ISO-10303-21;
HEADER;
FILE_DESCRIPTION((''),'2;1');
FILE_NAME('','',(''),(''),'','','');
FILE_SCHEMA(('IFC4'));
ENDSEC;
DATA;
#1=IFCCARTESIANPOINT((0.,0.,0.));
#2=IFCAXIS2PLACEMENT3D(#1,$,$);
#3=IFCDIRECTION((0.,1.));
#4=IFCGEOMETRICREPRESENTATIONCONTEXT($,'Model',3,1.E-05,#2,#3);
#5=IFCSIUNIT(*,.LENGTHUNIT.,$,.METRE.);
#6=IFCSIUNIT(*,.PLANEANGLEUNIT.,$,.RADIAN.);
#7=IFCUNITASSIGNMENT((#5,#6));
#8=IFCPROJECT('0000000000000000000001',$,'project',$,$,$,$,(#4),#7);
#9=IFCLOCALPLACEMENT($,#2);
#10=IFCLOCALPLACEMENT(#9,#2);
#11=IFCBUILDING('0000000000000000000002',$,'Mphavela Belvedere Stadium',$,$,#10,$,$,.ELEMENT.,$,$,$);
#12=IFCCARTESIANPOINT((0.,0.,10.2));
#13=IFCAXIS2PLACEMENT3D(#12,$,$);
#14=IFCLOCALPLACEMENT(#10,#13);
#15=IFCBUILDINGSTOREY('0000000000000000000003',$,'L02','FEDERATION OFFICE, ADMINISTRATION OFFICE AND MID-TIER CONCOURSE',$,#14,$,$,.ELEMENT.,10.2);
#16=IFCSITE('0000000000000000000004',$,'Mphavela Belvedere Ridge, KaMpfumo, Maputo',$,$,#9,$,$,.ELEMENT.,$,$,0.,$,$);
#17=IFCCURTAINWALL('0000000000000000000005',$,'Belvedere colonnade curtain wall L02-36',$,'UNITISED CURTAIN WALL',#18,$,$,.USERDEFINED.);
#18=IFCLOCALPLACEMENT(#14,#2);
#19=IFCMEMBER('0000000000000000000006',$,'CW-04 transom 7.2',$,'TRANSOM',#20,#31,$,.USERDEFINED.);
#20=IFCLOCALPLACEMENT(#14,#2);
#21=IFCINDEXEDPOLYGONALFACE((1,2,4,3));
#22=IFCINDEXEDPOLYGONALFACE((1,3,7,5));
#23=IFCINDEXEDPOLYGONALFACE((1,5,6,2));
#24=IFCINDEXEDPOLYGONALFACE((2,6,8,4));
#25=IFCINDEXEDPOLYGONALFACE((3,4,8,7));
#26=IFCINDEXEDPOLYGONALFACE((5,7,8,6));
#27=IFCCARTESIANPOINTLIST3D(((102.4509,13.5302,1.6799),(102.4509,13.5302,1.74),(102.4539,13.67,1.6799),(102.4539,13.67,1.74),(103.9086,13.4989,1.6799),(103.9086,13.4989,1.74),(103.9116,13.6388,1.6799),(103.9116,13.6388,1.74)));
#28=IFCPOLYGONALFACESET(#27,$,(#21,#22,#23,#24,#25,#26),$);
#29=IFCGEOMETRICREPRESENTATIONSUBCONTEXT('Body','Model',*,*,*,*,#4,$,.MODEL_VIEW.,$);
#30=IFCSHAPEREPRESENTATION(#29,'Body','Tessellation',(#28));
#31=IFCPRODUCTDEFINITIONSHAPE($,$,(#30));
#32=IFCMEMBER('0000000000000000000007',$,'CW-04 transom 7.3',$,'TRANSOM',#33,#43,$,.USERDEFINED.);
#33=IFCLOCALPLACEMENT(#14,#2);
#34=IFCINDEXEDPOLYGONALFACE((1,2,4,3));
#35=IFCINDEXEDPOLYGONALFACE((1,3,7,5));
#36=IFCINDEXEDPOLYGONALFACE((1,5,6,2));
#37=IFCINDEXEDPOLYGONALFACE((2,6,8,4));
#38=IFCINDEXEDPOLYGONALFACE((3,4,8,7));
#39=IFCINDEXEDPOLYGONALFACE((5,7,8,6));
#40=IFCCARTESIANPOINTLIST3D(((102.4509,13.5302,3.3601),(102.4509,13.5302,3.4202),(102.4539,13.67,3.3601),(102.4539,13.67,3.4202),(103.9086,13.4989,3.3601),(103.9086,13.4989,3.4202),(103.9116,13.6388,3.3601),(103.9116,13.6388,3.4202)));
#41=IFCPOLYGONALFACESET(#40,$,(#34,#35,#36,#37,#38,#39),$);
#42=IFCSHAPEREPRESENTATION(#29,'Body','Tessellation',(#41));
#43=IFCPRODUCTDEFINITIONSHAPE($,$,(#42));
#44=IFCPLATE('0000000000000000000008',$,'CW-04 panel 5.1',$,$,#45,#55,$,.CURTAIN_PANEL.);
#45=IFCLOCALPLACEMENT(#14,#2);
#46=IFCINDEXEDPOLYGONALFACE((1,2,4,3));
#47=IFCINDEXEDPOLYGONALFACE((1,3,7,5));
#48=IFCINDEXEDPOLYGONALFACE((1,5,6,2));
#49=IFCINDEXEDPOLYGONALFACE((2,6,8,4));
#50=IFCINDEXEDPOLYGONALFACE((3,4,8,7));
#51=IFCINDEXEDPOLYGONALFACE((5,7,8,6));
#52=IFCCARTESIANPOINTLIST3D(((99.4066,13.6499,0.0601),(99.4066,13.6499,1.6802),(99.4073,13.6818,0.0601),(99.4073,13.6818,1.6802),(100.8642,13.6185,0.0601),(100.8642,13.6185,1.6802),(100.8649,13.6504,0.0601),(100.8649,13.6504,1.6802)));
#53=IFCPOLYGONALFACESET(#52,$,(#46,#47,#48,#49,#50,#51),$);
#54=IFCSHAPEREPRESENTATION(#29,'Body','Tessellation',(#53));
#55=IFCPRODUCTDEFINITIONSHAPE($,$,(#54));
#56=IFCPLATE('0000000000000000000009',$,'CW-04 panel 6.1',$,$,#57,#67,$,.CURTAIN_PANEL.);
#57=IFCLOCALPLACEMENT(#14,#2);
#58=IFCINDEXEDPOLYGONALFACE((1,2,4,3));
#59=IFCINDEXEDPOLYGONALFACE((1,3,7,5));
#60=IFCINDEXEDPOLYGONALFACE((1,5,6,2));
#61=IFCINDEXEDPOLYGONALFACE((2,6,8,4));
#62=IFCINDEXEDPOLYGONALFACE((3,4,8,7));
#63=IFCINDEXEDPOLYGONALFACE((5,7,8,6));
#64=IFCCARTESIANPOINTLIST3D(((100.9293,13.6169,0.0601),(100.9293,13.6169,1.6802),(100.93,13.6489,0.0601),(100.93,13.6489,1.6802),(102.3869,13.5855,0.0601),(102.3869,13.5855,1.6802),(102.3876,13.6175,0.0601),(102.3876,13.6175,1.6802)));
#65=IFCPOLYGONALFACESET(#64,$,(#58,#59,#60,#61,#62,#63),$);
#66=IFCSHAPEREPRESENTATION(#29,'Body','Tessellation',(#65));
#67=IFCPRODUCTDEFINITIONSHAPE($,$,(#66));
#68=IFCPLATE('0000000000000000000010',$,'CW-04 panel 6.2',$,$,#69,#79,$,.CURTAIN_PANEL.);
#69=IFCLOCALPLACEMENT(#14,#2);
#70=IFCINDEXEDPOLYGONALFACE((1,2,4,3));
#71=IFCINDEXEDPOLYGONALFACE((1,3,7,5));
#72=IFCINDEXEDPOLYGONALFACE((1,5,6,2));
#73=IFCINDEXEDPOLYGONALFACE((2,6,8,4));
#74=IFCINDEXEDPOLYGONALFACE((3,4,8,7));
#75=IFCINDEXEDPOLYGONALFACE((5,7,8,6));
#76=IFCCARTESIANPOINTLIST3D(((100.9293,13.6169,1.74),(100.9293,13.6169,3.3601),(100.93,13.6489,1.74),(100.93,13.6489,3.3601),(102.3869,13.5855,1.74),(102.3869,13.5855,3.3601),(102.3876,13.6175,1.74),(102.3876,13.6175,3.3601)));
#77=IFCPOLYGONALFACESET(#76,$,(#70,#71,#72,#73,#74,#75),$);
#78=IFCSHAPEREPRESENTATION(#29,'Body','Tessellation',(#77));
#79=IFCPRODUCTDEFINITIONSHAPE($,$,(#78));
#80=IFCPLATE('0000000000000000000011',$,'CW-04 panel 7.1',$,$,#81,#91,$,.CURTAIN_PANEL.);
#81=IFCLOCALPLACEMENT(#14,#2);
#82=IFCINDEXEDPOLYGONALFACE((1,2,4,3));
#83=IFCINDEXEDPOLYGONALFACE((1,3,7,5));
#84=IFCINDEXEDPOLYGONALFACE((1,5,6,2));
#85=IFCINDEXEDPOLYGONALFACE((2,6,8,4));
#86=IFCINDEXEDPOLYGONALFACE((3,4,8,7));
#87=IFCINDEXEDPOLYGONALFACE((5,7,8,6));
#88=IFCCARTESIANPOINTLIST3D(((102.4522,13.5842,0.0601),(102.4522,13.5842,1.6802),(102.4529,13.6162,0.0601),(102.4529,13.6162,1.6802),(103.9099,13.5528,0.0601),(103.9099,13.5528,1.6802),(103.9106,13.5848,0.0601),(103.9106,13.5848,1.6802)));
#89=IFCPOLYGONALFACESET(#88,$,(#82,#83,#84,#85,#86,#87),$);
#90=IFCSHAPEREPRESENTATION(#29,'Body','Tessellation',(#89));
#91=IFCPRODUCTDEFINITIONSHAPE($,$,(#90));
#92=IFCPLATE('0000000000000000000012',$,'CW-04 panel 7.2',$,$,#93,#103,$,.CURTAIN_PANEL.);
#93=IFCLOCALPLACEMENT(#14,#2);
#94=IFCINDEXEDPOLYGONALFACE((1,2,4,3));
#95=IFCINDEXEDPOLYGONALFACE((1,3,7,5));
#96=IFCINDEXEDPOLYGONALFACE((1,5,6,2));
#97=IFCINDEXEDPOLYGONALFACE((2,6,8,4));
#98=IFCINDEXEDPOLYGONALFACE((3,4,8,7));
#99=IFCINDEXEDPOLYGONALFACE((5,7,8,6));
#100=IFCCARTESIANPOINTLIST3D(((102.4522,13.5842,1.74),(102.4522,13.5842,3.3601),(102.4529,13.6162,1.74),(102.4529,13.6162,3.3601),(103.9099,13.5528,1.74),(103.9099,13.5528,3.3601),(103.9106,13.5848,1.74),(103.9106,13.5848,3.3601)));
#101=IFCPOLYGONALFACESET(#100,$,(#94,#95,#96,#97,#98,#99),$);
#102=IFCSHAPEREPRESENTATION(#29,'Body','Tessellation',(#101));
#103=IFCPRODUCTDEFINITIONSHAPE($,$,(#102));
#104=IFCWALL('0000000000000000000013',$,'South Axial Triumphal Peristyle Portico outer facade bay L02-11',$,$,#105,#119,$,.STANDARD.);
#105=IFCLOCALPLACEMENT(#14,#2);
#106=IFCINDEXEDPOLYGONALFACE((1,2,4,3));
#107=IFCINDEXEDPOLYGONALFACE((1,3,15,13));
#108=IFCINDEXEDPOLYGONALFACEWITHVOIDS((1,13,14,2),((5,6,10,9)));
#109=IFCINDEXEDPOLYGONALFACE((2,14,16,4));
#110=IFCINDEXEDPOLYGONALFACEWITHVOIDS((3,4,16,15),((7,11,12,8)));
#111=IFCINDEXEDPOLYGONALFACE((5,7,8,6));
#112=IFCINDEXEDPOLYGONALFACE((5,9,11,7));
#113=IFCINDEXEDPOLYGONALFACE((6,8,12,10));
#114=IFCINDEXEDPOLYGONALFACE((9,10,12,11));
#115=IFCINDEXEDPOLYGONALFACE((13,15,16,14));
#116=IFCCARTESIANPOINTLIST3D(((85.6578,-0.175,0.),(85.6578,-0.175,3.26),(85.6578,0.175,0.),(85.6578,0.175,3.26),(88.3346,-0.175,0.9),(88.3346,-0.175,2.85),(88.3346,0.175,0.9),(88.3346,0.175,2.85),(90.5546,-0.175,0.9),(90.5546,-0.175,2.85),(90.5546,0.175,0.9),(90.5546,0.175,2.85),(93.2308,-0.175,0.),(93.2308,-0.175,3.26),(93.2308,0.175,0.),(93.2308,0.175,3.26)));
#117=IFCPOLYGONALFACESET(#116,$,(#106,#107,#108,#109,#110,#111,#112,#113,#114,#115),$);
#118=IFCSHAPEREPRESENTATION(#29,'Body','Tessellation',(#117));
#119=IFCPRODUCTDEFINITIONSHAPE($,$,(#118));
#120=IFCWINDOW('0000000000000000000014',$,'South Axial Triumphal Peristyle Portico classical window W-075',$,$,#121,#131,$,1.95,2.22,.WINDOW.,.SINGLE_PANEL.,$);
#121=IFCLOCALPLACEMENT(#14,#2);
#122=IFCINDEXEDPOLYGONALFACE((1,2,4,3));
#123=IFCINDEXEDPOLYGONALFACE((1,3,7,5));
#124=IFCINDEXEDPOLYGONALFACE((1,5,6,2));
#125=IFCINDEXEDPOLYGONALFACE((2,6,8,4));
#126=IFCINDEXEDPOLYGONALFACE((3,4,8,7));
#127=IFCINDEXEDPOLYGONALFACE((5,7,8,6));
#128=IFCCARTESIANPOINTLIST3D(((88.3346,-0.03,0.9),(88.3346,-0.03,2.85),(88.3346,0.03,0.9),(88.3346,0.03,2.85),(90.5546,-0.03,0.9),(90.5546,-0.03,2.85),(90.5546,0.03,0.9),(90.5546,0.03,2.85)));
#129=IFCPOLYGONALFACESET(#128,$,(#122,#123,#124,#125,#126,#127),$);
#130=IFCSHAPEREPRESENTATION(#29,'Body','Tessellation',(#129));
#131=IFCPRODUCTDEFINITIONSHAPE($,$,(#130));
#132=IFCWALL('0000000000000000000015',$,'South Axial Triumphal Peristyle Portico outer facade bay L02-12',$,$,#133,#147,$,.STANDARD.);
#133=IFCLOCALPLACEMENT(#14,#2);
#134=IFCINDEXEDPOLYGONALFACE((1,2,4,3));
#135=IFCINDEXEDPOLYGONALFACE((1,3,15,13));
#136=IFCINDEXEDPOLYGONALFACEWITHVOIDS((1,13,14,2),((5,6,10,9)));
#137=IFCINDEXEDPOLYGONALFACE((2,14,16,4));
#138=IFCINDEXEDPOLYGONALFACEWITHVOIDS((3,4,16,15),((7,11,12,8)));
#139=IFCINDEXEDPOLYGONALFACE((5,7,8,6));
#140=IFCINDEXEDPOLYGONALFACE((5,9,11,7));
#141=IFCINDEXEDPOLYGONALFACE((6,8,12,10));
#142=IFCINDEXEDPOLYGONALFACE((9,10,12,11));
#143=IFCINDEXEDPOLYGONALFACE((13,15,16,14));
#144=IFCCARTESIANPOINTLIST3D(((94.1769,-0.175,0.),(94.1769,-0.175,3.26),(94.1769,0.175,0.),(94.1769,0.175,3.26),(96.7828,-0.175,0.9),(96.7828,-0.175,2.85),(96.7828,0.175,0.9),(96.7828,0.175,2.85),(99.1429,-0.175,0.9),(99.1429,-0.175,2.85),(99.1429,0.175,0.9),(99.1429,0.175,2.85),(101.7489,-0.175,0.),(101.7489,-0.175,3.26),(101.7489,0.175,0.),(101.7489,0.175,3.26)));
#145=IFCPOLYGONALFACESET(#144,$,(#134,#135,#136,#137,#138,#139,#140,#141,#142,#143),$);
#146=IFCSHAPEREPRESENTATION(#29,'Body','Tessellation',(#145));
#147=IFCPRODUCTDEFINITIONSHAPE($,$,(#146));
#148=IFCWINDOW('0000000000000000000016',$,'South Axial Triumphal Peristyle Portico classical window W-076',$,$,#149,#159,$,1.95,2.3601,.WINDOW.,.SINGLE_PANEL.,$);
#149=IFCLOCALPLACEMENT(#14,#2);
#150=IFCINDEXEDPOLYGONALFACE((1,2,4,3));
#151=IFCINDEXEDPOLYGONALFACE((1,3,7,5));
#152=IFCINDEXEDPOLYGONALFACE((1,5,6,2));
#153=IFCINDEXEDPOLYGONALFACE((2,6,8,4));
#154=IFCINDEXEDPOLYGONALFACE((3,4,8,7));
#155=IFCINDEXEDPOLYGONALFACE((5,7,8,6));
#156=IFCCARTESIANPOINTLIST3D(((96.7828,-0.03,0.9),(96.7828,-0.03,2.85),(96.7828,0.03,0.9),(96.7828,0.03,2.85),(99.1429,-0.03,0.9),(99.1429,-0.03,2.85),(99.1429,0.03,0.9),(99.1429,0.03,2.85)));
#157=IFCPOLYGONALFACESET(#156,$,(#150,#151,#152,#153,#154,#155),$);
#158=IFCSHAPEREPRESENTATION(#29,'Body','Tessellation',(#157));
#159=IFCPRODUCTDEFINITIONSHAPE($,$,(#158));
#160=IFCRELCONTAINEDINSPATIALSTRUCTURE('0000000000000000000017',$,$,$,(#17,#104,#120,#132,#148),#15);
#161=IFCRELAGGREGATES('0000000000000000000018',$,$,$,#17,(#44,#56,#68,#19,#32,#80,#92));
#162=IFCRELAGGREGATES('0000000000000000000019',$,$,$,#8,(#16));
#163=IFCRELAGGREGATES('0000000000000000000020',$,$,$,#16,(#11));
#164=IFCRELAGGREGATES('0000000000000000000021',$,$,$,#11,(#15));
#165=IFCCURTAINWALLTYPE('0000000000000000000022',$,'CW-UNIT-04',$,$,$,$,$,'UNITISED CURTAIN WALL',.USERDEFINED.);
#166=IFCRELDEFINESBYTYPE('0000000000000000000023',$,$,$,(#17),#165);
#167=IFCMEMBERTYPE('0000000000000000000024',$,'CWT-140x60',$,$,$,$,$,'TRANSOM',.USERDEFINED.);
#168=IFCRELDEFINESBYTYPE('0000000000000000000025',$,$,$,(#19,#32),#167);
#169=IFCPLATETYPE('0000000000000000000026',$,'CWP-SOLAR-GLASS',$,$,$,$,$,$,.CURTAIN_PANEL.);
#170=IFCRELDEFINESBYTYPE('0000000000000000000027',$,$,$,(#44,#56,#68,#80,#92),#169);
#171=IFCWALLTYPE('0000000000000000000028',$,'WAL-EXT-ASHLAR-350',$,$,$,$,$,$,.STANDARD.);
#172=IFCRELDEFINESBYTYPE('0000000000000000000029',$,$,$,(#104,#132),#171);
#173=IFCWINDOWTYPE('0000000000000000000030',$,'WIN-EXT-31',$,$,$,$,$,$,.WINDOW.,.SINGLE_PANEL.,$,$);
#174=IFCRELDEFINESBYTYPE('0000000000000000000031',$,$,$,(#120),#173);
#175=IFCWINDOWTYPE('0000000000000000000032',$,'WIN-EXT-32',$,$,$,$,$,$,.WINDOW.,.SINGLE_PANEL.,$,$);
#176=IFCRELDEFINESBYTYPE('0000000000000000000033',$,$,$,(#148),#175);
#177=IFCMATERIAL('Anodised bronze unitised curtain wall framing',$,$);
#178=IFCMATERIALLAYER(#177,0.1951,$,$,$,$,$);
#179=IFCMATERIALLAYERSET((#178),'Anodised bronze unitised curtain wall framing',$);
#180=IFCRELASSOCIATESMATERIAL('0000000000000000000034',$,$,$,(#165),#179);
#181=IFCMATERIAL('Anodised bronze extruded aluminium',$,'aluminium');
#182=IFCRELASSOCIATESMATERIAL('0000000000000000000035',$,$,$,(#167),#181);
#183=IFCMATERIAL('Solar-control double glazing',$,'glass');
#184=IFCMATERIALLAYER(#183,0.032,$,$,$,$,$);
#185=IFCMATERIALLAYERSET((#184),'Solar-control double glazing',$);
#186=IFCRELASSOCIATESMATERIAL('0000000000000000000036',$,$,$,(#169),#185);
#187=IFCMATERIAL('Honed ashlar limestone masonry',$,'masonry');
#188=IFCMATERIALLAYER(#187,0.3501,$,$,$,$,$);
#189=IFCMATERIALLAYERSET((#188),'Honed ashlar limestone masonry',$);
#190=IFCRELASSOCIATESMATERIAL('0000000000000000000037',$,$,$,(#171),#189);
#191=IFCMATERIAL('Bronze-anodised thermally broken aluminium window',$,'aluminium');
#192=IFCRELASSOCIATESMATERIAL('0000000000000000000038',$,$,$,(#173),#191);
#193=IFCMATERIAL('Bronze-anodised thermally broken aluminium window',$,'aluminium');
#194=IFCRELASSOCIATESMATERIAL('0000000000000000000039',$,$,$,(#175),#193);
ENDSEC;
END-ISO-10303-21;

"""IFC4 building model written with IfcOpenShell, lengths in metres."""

from ifc_helpers import new_model, si_unit, direction, frame, frame_2d, origin, origin_2d, place, context, subcontext, project, spatial, rectangle, extrude, material, layer, layer_set, material_profile, profile_set, type_object, element, fill, aggregate, save


model = new_model("IFC4")

# Units and contexts
model_context = context("Model", 3, precision=1e-05, world=origin(), true_north=direction((0.0, 1.0)))
body_context = subcontext(model_context, "Body", "Model", "MODEL_VIEW")
ifc_project = project(units=[si_unit("LENGTHUNIT", "METRE"), si_unit("PLANEANGLEUNIT", "RADIAN")], contexts=[model_context])

# Site, building, storey
site_placement = place(None, origin())
site = spatial("IfcSite", under=ifc_project, at=site_placement, Name="Mphavela Belvedere Ridge, KaMpfumo, Maputo", CompositionType="ELEMENT", RefElevation=0.0)
building_placement = place(site_placement, origin())
building = spatial("IfcBuilding", under=site, at=building_placement, Name="Mphavela Belvedere Stadium", CompositionType="ELEMENT")
storey_placement = place(building_placement, frame((0.0, 0.0, 10.2)))
storey = spatial("IfcBuildingStorey", under=building, at=storey_placement, Name="L02", Description="FEDERATION OFFICE, ADMINISTRATION OFFICE AND MID-TIER CONCOURSE", CompositionType="ELEMENT", Elevation=10.2)

# Curtain wall, members, plates
ifc_material_1 = material(Name="Anodised bronze unitised curtain wall framing")
ifc_layer_1 = layer(ifc_material_1, 0.1951)
ifc_layer_set_1 = layer_set([ifc_layer_1], Name="Anodised bronze unitised curtain wall framing")
curtain_wall_type = type_object("IfcCurtainWallType", Name="CW-UNIT-04", ElementType="UNITISED CURTAIN WALL", PredefinedType="USERDEFINED", material=ifc_layer_set_1)
curtain_wall_placement = place(storey_placement, origin())
curtain_wall = element("IfcCurtainWall", 1, at=curtain_wall_placement, inside=storey, type_object=curtain_wall_type, Name="Belvedere colonnade curtain wall L02-36", ObjectType="UNITISED CURTAIN WALL", PredefinedType="USERDEFINED")
ifc_material_2 = material(Name="Anodised bronze extruded aluminium", Category="aluminium")
ifc_material_profile_1 = material_profile(ifc_material_2, rectangle(XDim=0.1399, YDim=0.0601, at=origin_2d()), Name="CW-TRN 140x60")
ifc_profile_set_1 = profile_set([ifc_material_profile_1], Name="Anodised bronze extruded aluminium")
member_type_1 = type_object("IfcMemberType", Name="CWT-140x60", ElementType="TRANSOM", PredefinedType="USERDEFINED", material=ifc_profile_set_1)
member_1_placement = place(storey_placement, frame((102.4524, 13.6001, 1.71), z_axis=(0.99977, -0.021432, 0.0), x_axis=(0.021432, 0.99977, 0.0)))
member_1 = element("IfcMember", 2, at=member_1_placement, type_object=member_type_1, Name="CW-04 transom 7.2", ObjectType="TRANSOM", PredefinedType="USERDEFINED", context=body_context, shape_type="SweptSolid", body=[
    extrude(rectangle(XDim=0.1399, YDim=0.0601, at=origin_2d()), origin(), (0.0, 0.0, 1.0), 1.458),
])
member_2_placement = place(storey_placement, frame((102.4524, 13.6001, 3.3901), z_axis=(0.99977, -0.021432, 0.0), x_axis=(0.021432, 0.99977, 0.0)))
member_2 = element("IfcMember", 3, at=member_2_placement, type_object=member_type_1, Name="CW-04 transom 7.3", ObjectType="TRANSOM", PredefinedType="USERDEFINED", context=body_context, shape_type="SweptSolid", body=[
    extrude(rectangle(XDim=0.1399, YDim=0.0601, at=origin_2d()), origin(), (0.0, 0.0, 1.0), 1.458),
])
ifc_material_3 = material(Name="Solar-control double glazing", Category="glass")
ifc_layer_2 = layer(ifc_material_3, 0.032)
ifc_layer_set_2 = layer_set([ifc_layer_2], Name="Solar-control double glazing")
plate_type = type_object("IfcPlateType", Name="CWP-SOLAR-GLASS", PredefinedType="CURTAIN_PANEL", material=ifc_layer_set_2)
plate_1_placement = place(storey_placement, frame((100.1357, 13.6501, 0.0601), z_axis=(0.0, 0.0, 1.0), x_axis=(0.999768, -0.021525, 0.0)))
plate_1 = element("IfcPlate", 4, at=plate_1_placement, type_object=plate_type, Name="CW-04 panel 5.1", PredefinedType="CURTAIN_PANEL", context=body_context, shape_type="SweptSolid", body=[
    extrude(rectangle(XDim=1.458, YDim=0.032, at=origin_2d()), origin(), (0.0, 0.0, 1.0), 1.6201),
])
plate_2_placement = place(storey_placement, frame((101.6584, 13.6172, 0.0601), z_axis=(0.0, 0.0, 1.0), x_axis=(0.999768, -0.021525, 0.0)))
plate_2 = element("IfcPlate", 5, at=plate_2_placement, type_object=plate_type, Name="CW-04 panel 6.1", PredefinedType="CURTAIN_PANEL", context=body_context, shape_type="SweptSolid", body=[
    extrude(rectangle(XDim=1.458, YDim=0.032, at=origin_2d()), origin(), (0.0, 0.0, 1.0), 1.6201),
])
plate_3_placement = place(storey_placement, frame((101.6584, 13.6172, 1.74), z_axis=(0.0, 0.0, 1.0), x_axis=(0.999768, -0.021525, 0.0)))
plate_3 = element("IfcPlate", 6, at=plate_3_placement, type_object=plate_type, Name="CW-04 panel 6.2", PredefinedType="CURTAIN_PANEL", context=body_context, shape_type="SweptSolid", body=[
    extrude(rectangle(XDim=1.458, YDim=0.032, at=origin_2d()), origin(), (0.0, 0.0, 1.0), 1.6201),
])
plate_4_placement = place(storey_placement, frame((103.1814, 13.5845, 0.0601), z_axis=(0.0, 0.0, 1.0), x_axis=(0.999768, -0.021525, 0.0)))
plate_4 = element("IfcPlate", 7, at=plate_4_placement, type_object=plate_type, Name="CW-04 panel 7.1", PredefinedType="CURTAIN_PANEL", context=body_context, shape_type="SweptSolid", body=[
    extrude(rectangle(XDim=1.458, YDim=0.032, at=origin_2d()), origin(), (0.0, 0.0, 1.0), 1.6201),
])
plate_5_placement = place(storey_placement, frame((103.1814, 13.5845, 1.74), z_axis=(0.0, 0.0, 1.0), x_axis=(0.999768, -0.021525, 0.0)))
plate_5 = element("IfcPlate", 8, at=plate_5_placement, type_object=plate_type, Name="CW-04 panel 7.2", PredefinedType="CURTAIN_PANEL", context=body_context, shape_type="SweptSolid", body=[
    extrude(rectangle(XDim=1.458, YDim=0.032, at=origin_2d()), origin(), (0.0, 0.0, 1.0), 1.6201),
])
aggregate(curtain_wall, [plate_1, plate_2, plate_3, member_1, member_2, plate_4, plate_5])

# Walls, openings, windows
ifc_material_4 = material(Name="Honed ashlar limestone masonry", Category="masonry")
ifc_layer_3 = layer(ifc_material_4, 0.3501)
ifc_layer_set_3 = layer_set([ifc_layer_3], Name="Honed ashlar limestone masonry")
wall_type_1 = type_object("IfcWallType", Name="WAL-EXT-ASHLAR-350", PredefinedType="STANDARD", material=ifc_layer_set_3)
wall_1_placement = place(storey_placement, frame((93.231, 0.0, 0.0), z_axis=(0.0, 0.0, 1.0), x_axis=(-1.0, 0.0, 0.0)))
wall_1 = element("IfcWall", 9, at=wall_1_placement, inside=storey, type_object=wall_type_1, Name="South Axial Triumphal Peristyle Portico outer facade bay L02-11", PredefinedType="STANDARD", context=body_context, shape_type="SweptSolid", body=[
    extrude(rectangle(XDim=7.573, YDim=0.3501, at=frame_2d((3.7866, 0.0))), origin(), (0.0, 0.0, 1.0), 3.26),
])
opening_1_placement = place(wall_1_placement, frame((2.6765, 0.0, 0.8999)))
opening_1 = element("IfcOpeningElement", 10, at=opening_1_placement, cuts=wall_1, PredefinedType="OPENING", context=body_context, shape_type="SweptSolid", body=[
    extrude(rectangle(XDim=2.22, YDim=1.95, at=frame_2d((1.1099, 0.9751))), frame((0.0, 0.1851, 0.0), z_axis=(0.0, -1.0, 0.0), x_axis=(1.0, 0.0, 0.0)), (0.0, 0.0, 1.0), 0.3701),
])
ifc_material_5 = material(Name="Bronze-anodised thermally broken aluminium window", Category="aluminium")
window_type_1 = type_object("IfcWindowType", Name="WIN-EXT-31", PartitioningType="SINGLE_PANEL", PredefinedType="WINDOW", material=ifc_material_5)
window_1_placement = place(opening_1_placement, origin())
window_1 = element("IfcWindow", 11, at=window_1_placement, inside=storey, type_object=window_type_1, Name="South Axial Triumphal Peristyle Portico classical window W-075", OverallHeight=1.95, OverallWidth=2.22, PartitioningType="SINGLE_PANEL", PredefinedType="WINDOW", context=body_context, shape_type="SweptSolid", body=[
    extrude(rectangle(XDim=2.22, YDim=1.95, at=frame_2d((1.1099, 0.9751))), frame((0.0, 0.03, 0.0), z_axis=(0.0, -1.0, 0.0), x_axis=(1.0, 0.0, 0.0)), (0.0, 0.0, 1.0), 0.0601),
])
fill(opening_1, window_1)
wall_2_placement = place(storey_placement, frame((101.749, 0.0, 0.0), z_axis=(0.0, 0.0, 1.0), x_axis=(-1.0, 0.0, 0.0)))
wall_2 = element("IfcWall", 12, at=wall_2_placement, inside=storey, type_object=wall_type_1, Name="South Axial Triumphal Peristyle Portico outer facade bay L02-12", PredefinedType="STANDARD", context=body_context, shape_type="SweptSolid", body=[
    extrude(rectangle(XDim=7.572, YDim=0.3501, at=frame_2d((3.7861, 0.0))), origin(), (0.0, 0.0, 1.0), 3.26),
])
opening_2_placement = place(wall_2_placement, frame((2.606, 0.0, 0.8999)))
opening_2 = element("IfcOpeningElement", 13, at=opening_2_placement, cuts=wall_2, PredefinedType="OPENING", context=body_context, shape_type="SweptSolid", body=[
    extrude(rectangle(XDim=2.3601, YDim=1.95, at=frame_2d((1.1802, 0.9751))), frame((0.0, 0.1851, 0.0), z_axis=(0.0, -1.0, 0.0), x_axis=(1.0, 0.0, 0.0)), (0.0, 0.0, 1.0), 0.3701),
])
ifc_material_6 = material(Name="Bronze-anodised thermally broken aluminium window", Category="aluminium")
window_type_2 = type_object("IfcWindowType", Name="WIN-EXT-32", PartitioningType="SINGLE_PANEL", PredefinedType="WINDOW", material=ifc_material_6)
window_2_placement = place(opening_2_placement, origin())
window_2 = element("IfcWindow", 14, at=window_2_placement, inside=storey, type_object=window_type_2, Name="South Axial Triumphal Peristyle Portico classical window W-076", OverallHeight=1.95, OverallWidth=2.3601, PartitioningType="SINGLE_PANEL", PredefinedType="WINDOW", context=body_context, shape_type="SweptSolid", body=[
    extrude(rectangle(XDim=2.3601, YDim=1.95, at=frame_2d((1.1802, 0.9751))), frame((0.0, 0.03, 0.0), z_axis=(0.0, -1.0, 0.0), x_axis=(1.0, 0.0, 0.0)), (0.0, 0.0, 1.0), 0.0601),
])
fill(opening_2, window_2)

save(model, "model.ifc")
